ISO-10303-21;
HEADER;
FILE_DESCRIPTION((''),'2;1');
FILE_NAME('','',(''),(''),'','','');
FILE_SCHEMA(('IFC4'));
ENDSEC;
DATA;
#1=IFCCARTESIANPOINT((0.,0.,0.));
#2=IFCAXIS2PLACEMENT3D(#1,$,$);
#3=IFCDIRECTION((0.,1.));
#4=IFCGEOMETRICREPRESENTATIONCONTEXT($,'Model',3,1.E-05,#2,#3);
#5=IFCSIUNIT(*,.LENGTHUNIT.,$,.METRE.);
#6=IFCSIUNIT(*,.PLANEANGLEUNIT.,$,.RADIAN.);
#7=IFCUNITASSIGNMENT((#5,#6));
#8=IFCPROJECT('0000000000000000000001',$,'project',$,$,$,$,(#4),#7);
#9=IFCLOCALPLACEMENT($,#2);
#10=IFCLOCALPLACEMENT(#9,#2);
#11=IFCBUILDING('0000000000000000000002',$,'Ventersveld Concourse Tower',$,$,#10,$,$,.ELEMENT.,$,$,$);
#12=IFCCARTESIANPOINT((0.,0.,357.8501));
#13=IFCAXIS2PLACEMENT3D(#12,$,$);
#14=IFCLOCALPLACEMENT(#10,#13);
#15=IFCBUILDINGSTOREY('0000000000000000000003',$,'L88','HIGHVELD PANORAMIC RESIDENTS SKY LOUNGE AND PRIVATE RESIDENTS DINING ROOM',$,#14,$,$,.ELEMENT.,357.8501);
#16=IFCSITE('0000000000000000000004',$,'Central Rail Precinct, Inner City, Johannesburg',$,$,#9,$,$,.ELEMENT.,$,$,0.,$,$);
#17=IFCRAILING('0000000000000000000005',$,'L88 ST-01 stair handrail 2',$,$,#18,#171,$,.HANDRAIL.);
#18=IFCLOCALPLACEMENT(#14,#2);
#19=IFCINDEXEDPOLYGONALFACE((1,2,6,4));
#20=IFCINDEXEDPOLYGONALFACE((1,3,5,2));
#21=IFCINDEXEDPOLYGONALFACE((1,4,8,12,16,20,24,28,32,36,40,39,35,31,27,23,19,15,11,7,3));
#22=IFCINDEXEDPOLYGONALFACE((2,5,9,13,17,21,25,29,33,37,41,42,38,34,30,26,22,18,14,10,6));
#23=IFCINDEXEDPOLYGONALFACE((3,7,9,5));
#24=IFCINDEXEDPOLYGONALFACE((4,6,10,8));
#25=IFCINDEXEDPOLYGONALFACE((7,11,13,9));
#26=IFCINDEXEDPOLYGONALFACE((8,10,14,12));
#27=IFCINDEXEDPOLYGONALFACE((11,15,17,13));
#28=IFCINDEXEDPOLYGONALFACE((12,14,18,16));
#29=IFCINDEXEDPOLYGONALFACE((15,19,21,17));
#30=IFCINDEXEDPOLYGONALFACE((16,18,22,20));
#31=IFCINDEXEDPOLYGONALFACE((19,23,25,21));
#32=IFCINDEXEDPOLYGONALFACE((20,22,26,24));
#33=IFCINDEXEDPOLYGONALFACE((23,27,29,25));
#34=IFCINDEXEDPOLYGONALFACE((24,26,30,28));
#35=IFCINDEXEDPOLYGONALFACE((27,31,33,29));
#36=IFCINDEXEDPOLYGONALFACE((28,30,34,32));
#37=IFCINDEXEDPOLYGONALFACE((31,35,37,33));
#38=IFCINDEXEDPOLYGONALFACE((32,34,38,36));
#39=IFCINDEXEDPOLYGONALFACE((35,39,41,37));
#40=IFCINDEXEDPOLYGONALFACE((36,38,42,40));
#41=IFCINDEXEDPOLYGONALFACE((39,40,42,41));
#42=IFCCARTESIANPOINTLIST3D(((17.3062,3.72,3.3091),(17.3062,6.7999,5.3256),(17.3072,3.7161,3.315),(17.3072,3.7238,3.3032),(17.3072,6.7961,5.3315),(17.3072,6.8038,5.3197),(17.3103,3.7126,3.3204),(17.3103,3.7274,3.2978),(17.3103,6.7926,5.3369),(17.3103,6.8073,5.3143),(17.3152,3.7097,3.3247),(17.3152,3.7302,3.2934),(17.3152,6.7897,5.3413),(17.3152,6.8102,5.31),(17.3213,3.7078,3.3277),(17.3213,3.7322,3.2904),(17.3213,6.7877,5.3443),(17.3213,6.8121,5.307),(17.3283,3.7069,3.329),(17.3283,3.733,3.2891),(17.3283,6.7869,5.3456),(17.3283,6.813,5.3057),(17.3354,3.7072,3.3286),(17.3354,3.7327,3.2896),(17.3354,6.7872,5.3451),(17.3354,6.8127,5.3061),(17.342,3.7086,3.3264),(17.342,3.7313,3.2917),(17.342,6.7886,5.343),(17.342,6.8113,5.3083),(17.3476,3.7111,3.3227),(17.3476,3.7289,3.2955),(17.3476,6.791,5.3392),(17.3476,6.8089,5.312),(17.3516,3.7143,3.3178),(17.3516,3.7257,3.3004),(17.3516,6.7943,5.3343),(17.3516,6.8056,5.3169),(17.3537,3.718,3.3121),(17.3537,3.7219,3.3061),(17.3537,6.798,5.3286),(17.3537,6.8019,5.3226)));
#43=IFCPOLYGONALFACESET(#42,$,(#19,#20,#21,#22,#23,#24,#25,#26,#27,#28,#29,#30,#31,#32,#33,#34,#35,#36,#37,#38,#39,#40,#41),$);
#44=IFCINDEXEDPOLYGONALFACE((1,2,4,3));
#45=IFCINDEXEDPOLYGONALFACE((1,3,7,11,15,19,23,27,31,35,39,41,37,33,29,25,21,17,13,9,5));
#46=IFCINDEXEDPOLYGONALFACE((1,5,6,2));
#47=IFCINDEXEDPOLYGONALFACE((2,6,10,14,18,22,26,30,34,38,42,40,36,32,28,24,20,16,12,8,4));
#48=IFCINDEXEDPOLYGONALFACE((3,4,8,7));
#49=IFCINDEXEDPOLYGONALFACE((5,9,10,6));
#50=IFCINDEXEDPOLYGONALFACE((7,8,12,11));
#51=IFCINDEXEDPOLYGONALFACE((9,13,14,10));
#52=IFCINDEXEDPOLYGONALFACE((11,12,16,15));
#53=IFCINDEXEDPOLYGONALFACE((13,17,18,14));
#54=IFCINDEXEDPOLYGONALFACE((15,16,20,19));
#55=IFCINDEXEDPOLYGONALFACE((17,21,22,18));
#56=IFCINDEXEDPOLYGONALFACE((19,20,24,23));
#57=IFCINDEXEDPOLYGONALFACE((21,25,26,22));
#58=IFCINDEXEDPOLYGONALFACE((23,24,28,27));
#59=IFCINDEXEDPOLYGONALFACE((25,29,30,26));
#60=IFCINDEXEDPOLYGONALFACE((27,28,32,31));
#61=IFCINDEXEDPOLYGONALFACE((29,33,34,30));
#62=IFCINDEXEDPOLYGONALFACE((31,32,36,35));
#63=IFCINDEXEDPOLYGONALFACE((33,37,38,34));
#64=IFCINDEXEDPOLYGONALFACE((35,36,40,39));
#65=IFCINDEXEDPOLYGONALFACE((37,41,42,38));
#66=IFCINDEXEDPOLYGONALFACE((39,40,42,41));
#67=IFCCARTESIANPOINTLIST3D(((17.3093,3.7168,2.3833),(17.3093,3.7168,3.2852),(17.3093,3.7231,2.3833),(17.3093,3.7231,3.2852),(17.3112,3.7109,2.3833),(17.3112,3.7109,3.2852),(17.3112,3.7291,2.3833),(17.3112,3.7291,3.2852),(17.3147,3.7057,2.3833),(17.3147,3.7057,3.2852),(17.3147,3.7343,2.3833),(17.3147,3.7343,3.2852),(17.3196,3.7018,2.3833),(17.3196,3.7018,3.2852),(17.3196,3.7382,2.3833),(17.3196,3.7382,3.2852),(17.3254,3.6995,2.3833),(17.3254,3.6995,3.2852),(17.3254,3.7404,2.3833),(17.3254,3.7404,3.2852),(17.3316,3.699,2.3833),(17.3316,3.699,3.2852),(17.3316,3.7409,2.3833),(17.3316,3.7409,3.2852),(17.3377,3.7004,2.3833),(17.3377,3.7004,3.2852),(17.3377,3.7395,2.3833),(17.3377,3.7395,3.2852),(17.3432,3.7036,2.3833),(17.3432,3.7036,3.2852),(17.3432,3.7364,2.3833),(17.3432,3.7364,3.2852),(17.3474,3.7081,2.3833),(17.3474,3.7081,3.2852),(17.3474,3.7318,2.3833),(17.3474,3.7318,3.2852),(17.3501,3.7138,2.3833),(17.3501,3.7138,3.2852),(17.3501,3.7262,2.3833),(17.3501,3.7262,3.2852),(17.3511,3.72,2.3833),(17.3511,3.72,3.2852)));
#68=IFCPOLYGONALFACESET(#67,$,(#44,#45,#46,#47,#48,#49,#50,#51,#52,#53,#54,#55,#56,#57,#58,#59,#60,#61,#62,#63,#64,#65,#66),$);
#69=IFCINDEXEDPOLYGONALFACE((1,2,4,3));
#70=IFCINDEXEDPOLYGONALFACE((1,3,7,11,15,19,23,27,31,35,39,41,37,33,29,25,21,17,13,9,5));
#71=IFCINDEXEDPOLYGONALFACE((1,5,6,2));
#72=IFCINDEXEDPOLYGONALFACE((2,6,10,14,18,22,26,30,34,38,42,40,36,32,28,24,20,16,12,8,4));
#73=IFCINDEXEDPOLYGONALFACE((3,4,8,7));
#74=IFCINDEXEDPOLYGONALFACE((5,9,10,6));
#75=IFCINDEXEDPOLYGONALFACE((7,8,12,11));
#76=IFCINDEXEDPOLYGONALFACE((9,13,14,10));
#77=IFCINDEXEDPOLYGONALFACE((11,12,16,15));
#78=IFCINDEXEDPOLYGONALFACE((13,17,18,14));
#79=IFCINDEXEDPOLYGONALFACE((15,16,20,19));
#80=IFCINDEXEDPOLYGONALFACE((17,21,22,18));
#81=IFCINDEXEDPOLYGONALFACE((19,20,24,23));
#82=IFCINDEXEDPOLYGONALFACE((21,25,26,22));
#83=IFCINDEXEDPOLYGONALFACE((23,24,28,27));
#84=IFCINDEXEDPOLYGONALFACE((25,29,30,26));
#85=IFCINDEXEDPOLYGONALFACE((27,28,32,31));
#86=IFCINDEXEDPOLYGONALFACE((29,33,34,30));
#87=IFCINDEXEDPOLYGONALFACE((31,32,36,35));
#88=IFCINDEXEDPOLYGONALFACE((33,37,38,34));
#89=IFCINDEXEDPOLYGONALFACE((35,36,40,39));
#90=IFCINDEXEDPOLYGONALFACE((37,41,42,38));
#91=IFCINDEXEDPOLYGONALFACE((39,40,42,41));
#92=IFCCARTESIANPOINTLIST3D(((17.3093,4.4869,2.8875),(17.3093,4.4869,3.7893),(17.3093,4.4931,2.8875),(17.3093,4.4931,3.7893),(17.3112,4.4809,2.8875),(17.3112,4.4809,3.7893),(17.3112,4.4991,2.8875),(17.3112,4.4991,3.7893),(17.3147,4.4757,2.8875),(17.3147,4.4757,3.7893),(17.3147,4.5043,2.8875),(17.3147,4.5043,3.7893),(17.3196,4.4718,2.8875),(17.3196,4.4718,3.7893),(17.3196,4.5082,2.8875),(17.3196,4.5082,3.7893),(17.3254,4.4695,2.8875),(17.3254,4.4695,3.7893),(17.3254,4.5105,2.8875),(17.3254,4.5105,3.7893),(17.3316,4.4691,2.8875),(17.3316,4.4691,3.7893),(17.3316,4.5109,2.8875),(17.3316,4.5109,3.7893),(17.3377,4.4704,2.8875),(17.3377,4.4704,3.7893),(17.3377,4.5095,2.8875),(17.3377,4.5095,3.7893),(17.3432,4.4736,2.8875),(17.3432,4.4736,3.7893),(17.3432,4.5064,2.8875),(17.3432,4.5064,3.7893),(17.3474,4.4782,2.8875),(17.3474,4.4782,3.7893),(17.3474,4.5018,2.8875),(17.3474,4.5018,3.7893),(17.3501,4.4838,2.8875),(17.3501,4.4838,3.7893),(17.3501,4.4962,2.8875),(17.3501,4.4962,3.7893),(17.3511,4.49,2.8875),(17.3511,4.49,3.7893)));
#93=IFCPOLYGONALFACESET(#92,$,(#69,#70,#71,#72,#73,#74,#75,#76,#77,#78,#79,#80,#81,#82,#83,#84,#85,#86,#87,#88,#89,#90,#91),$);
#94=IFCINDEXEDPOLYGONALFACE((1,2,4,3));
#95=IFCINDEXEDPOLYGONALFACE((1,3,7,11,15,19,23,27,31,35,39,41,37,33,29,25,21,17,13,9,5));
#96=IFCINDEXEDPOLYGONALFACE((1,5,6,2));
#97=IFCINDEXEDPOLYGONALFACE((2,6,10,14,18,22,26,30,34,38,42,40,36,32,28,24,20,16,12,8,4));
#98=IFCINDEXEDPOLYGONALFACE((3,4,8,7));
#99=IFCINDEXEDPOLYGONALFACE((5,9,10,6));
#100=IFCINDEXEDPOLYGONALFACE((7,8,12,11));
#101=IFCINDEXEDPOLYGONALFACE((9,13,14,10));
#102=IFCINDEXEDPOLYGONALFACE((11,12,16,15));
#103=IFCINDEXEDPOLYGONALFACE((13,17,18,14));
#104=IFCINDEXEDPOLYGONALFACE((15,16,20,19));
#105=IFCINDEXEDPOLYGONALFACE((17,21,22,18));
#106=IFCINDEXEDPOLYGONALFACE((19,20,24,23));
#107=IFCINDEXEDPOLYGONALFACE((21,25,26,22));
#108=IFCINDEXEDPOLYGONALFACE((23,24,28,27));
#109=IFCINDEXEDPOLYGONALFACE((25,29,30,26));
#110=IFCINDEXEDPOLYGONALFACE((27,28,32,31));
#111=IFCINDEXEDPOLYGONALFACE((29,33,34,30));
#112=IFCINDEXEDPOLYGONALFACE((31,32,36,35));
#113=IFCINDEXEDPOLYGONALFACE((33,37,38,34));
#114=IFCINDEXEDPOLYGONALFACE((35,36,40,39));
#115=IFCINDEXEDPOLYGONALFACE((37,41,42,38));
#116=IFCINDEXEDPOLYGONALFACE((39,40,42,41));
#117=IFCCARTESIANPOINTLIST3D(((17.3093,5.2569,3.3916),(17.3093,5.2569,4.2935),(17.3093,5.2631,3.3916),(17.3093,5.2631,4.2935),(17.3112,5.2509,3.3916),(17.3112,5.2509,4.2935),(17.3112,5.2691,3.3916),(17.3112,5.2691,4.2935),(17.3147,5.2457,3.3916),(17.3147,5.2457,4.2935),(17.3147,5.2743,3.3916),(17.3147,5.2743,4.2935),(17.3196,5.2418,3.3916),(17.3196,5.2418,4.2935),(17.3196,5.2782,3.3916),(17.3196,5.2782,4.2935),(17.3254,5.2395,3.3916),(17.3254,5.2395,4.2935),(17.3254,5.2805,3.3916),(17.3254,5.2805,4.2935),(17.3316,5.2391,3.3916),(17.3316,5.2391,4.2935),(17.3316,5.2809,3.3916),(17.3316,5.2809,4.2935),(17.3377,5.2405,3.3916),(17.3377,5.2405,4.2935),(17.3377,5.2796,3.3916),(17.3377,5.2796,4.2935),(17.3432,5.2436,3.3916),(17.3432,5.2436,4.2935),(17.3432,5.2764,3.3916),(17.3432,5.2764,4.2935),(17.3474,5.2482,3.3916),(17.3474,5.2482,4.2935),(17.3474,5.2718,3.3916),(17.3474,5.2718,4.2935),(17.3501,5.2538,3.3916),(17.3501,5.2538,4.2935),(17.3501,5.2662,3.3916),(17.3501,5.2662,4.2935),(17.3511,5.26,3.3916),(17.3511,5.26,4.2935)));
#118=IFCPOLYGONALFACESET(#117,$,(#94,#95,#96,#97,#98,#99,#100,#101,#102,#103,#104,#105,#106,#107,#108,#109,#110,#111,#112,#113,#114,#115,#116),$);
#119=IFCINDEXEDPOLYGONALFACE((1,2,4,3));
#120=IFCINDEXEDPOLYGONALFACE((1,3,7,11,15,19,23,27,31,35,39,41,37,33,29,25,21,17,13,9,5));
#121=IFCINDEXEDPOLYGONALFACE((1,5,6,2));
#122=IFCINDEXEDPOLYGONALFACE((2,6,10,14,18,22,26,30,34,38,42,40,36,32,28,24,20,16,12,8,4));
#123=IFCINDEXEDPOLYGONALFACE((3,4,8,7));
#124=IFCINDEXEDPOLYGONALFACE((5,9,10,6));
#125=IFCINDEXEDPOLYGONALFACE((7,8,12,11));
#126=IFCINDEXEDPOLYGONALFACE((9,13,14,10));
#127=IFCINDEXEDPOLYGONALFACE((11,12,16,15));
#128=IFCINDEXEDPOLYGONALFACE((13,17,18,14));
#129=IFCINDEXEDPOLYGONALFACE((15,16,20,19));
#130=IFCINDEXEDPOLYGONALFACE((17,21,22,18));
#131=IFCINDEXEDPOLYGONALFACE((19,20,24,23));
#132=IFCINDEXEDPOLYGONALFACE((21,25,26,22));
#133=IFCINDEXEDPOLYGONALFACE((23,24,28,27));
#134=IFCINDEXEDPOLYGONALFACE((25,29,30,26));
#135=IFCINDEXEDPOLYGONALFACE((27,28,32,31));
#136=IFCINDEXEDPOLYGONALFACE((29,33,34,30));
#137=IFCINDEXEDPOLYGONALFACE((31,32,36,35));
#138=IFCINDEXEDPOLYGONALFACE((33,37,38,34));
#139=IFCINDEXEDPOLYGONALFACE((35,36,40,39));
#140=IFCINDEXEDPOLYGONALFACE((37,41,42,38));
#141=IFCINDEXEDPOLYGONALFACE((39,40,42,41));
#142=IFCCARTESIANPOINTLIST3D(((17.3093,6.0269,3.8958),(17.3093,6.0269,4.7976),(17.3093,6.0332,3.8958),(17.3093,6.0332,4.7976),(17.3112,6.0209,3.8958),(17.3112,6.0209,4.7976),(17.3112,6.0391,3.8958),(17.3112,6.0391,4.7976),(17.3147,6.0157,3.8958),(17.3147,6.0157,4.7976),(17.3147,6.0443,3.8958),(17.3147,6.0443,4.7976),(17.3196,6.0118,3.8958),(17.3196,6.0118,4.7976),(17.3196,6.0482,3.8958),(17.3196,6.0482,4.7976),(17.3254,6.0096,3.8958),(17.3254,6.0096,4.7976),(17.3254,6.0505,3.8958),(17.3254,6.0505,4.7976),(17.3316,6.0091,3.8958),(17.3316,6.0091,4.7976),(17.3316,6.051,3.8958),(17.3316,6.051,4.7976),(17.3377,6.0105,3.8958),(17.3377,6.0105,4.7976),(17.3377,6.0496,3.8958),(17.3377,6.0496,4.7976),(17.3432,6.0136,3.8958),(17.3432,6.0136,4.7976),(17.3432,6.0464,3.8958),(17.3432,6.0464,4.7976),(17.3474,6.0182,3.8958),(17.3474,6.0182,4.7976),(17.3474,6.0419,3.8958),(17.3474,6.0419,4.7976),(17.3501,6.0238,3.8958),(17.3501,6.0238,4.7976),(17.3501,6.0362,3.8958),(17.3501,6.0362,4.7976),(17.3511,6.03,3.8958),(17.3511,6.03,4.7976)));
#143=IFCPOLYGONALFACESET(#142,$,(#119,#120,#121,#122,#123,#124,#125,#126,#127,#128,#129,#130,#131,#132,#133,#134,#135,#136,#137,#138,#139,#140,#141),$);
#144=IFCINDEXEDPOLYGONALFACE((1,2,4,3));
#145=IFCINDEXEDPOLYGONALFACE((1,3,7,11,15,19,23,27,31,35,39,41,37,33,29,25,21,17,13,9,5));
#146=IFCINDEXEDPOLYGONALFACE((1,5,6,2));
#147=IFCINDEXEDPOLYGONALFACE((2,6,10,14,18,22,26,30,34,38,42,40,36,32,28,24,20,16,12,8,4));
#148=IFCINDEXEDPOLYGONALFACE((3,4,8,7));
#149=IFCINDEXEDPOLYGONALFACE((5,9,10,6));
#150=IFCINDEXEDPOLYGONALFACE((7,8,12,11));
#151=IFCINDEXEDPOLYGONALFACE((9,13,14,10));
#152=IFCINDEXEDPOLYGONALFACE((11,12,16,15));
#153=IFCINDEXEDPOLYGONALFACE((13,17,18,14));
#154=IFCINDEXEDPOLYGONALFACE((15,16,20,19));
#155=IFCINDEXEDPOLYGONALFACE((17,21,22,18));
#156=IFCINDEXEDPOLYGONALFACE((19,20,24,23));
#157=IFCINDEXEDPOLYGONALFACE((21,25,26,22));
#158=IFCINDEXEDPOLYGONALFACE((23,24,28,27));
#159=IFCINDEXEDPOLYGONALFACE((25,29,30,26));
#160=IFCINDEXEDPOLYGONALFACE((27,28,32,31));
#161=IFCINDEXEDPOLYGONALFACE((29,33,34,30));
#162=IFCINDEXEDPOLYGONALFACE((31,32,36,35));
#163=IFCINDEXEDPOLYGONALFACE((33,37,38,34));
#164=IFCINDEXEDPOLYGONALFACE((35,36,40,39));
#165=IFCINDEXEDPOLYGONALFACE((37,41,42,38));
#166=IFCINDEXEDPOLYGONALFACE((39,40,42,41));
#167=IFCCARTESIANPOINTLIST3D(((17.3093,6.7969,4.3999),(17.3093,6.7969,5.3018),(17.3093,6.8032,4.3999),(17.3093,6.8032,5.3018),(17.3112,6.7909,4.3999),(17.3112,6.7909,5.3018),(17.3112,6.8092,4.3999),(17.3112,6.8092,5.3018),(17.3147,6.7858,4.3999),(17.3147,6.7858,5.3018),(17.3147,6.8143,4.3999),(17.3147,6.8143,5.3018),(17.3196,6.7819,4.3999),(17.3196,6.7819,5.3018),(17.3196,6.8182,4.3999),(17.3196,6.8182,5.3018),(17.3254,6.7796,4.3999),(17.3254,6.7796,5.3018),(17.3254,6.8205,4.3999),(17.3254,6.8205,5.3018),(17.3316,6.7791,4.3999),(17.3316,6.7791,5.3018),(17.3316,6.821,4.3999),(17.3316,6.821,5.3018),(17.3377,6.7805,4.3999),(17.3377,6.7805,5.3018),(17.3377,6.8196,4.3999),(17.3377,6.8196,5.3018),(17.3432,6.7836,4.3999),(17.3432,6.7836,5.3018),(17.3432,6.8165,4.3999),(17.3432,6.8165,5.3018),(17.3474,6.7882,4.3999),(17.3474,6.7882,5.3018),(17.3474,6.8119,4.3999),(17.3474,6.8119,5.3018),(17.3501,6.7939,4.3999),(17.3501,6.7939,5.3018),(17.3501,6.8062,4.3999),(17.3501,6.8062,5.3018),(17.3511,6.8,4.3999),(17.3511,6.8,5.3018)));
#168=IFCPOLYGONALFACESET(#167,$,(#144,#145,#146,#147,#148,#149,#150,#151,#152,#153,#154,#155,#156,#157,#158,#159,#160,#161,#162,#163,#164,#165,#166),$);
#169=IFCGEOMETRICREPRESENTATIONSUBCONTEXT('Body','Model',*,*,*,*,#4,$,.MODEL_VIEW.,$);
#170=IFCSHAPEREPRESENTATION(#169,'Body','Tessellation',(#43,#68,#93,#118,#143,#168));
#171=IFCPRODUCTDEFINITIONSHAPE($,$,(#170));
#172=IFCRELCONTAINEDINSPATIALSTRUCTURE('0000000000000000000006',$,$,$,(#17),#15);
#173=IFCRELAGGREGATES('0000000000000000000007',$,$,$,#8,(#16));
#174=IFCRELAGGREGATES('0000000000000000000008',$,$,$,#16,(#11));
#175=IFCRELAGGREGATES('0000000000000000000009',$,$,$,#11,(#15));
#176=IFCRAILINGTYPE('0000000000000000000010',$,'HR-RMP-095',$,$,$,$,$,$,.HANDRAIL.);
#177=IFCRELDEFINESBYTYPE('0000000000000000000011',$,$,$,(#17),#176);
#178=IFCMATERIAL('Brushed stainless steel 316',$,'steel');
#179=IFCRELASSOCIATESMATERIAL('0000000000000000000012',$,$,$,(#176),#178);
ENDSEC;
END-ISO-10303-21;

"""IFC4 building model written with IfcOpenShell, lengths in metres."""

from ifc_helpers import new_model, si_unit, direction, frame, origin, origin_2d, place, context, subcontext, project, spatial, circle, extrude, material, type_object, element, save


model = new_model("IFC4")

# Units and contexts
model_context = context("Model", 3, precision=1e-05, world=origin(), true_north=direction((0.0, 1.0)))
body_context = subcontext(model_context, "Body", "Model", "MODEL_VIEW")
ifc_project = project(units=[si_unit("LENGTHUNIT", "METRE"), si_unit("PLANEANGLEUNIT", "RADIAN")], contexts=[model_context])

# Site, building, storey
site_placement = place(None, origin())
site = spatial("IfcSite", under=ifc_project, at=site_placement, Name="Central Rail Precinct, Inner City, Johannesburg", CompositionType="ELEMENT", RefElevation=0.0)
building_placement = place(site_placement, origin())
building = spatial("IfcBuilding", under=site, at=building_placement, Name="Ventersveld Concourse Tower", CompositionType="ELEMENT")
storey_placement = place(building_placement, frame((0.0, 0.0, 357.8501)))
storey = spatial("IfcBuildingStorey", under=building, at=storey_placement, Name="L88", Description="HIGHVELD PANORAMIC RESIDENTS SKY LOUNGE AND PRIVATE RESIDENTS DINING ROOM", CompositionType="ELEMENT", Elevation=357.8501)

# Shared definitions
ifc_material_1 = material(Name="Brushed stainless steel 316", Category="steel")

# Railing
railing_type_1 = type_object("IfcRailingType", Name="HR-RMP-095", PredefinedType="HANDRAIL", material=ifc_material_1)
railing_1_placement = place(storey_placement, frame((17.3301, 3.72, 2.3833)))
element("IfcRailing", 1, at=railing_1_placement, inside=storey, type_object=railing_type_1, Name="L88 ST-01 stair handrail 2", PredefinedType="HANDRAIL", context=body_context, shape_type="SweptSolid", body=[
    extrude(circle(Radius=0.0239, at=origin_2d()), frame((0.0, 0.0, 0.9258), z_axis=(0.0, 0.836633, 0.547764), x_axis=(-1.0, 0.0, 0.0)), (0.0, 0.0, 1.0), 3.6814),
    extrude(circle(Radius=0.021, at=origin_2d()), origin(), (0.0, 0.0, 1.0), 0.9019),
    extrude(circle(Radius=0.021, at=origin_2d()), frame((0.0, 0.77, 0.5042)), (0.0, 0.0, 1.0), 0.9019),
    extrude(circle(Radius=0.021, at=origin_2d()), frame((0.0, 1.54, 1.0083)), (0.0, 0.0, 1.0), 0.9019),
    extrude(circle(Radius=0.021, at=origin_2d()), frame((0.0, 2.3101, 1.5125)), (0.0, 0.0, 1.0), 0.9019),
    extrude(circle(Radius=0.021, at=origin_2d()), frame((0.0, 3.0801, 2.0166)), (0.0, 0.0, 1.0), 0.9019),
])

save(model, "model.ifc")
